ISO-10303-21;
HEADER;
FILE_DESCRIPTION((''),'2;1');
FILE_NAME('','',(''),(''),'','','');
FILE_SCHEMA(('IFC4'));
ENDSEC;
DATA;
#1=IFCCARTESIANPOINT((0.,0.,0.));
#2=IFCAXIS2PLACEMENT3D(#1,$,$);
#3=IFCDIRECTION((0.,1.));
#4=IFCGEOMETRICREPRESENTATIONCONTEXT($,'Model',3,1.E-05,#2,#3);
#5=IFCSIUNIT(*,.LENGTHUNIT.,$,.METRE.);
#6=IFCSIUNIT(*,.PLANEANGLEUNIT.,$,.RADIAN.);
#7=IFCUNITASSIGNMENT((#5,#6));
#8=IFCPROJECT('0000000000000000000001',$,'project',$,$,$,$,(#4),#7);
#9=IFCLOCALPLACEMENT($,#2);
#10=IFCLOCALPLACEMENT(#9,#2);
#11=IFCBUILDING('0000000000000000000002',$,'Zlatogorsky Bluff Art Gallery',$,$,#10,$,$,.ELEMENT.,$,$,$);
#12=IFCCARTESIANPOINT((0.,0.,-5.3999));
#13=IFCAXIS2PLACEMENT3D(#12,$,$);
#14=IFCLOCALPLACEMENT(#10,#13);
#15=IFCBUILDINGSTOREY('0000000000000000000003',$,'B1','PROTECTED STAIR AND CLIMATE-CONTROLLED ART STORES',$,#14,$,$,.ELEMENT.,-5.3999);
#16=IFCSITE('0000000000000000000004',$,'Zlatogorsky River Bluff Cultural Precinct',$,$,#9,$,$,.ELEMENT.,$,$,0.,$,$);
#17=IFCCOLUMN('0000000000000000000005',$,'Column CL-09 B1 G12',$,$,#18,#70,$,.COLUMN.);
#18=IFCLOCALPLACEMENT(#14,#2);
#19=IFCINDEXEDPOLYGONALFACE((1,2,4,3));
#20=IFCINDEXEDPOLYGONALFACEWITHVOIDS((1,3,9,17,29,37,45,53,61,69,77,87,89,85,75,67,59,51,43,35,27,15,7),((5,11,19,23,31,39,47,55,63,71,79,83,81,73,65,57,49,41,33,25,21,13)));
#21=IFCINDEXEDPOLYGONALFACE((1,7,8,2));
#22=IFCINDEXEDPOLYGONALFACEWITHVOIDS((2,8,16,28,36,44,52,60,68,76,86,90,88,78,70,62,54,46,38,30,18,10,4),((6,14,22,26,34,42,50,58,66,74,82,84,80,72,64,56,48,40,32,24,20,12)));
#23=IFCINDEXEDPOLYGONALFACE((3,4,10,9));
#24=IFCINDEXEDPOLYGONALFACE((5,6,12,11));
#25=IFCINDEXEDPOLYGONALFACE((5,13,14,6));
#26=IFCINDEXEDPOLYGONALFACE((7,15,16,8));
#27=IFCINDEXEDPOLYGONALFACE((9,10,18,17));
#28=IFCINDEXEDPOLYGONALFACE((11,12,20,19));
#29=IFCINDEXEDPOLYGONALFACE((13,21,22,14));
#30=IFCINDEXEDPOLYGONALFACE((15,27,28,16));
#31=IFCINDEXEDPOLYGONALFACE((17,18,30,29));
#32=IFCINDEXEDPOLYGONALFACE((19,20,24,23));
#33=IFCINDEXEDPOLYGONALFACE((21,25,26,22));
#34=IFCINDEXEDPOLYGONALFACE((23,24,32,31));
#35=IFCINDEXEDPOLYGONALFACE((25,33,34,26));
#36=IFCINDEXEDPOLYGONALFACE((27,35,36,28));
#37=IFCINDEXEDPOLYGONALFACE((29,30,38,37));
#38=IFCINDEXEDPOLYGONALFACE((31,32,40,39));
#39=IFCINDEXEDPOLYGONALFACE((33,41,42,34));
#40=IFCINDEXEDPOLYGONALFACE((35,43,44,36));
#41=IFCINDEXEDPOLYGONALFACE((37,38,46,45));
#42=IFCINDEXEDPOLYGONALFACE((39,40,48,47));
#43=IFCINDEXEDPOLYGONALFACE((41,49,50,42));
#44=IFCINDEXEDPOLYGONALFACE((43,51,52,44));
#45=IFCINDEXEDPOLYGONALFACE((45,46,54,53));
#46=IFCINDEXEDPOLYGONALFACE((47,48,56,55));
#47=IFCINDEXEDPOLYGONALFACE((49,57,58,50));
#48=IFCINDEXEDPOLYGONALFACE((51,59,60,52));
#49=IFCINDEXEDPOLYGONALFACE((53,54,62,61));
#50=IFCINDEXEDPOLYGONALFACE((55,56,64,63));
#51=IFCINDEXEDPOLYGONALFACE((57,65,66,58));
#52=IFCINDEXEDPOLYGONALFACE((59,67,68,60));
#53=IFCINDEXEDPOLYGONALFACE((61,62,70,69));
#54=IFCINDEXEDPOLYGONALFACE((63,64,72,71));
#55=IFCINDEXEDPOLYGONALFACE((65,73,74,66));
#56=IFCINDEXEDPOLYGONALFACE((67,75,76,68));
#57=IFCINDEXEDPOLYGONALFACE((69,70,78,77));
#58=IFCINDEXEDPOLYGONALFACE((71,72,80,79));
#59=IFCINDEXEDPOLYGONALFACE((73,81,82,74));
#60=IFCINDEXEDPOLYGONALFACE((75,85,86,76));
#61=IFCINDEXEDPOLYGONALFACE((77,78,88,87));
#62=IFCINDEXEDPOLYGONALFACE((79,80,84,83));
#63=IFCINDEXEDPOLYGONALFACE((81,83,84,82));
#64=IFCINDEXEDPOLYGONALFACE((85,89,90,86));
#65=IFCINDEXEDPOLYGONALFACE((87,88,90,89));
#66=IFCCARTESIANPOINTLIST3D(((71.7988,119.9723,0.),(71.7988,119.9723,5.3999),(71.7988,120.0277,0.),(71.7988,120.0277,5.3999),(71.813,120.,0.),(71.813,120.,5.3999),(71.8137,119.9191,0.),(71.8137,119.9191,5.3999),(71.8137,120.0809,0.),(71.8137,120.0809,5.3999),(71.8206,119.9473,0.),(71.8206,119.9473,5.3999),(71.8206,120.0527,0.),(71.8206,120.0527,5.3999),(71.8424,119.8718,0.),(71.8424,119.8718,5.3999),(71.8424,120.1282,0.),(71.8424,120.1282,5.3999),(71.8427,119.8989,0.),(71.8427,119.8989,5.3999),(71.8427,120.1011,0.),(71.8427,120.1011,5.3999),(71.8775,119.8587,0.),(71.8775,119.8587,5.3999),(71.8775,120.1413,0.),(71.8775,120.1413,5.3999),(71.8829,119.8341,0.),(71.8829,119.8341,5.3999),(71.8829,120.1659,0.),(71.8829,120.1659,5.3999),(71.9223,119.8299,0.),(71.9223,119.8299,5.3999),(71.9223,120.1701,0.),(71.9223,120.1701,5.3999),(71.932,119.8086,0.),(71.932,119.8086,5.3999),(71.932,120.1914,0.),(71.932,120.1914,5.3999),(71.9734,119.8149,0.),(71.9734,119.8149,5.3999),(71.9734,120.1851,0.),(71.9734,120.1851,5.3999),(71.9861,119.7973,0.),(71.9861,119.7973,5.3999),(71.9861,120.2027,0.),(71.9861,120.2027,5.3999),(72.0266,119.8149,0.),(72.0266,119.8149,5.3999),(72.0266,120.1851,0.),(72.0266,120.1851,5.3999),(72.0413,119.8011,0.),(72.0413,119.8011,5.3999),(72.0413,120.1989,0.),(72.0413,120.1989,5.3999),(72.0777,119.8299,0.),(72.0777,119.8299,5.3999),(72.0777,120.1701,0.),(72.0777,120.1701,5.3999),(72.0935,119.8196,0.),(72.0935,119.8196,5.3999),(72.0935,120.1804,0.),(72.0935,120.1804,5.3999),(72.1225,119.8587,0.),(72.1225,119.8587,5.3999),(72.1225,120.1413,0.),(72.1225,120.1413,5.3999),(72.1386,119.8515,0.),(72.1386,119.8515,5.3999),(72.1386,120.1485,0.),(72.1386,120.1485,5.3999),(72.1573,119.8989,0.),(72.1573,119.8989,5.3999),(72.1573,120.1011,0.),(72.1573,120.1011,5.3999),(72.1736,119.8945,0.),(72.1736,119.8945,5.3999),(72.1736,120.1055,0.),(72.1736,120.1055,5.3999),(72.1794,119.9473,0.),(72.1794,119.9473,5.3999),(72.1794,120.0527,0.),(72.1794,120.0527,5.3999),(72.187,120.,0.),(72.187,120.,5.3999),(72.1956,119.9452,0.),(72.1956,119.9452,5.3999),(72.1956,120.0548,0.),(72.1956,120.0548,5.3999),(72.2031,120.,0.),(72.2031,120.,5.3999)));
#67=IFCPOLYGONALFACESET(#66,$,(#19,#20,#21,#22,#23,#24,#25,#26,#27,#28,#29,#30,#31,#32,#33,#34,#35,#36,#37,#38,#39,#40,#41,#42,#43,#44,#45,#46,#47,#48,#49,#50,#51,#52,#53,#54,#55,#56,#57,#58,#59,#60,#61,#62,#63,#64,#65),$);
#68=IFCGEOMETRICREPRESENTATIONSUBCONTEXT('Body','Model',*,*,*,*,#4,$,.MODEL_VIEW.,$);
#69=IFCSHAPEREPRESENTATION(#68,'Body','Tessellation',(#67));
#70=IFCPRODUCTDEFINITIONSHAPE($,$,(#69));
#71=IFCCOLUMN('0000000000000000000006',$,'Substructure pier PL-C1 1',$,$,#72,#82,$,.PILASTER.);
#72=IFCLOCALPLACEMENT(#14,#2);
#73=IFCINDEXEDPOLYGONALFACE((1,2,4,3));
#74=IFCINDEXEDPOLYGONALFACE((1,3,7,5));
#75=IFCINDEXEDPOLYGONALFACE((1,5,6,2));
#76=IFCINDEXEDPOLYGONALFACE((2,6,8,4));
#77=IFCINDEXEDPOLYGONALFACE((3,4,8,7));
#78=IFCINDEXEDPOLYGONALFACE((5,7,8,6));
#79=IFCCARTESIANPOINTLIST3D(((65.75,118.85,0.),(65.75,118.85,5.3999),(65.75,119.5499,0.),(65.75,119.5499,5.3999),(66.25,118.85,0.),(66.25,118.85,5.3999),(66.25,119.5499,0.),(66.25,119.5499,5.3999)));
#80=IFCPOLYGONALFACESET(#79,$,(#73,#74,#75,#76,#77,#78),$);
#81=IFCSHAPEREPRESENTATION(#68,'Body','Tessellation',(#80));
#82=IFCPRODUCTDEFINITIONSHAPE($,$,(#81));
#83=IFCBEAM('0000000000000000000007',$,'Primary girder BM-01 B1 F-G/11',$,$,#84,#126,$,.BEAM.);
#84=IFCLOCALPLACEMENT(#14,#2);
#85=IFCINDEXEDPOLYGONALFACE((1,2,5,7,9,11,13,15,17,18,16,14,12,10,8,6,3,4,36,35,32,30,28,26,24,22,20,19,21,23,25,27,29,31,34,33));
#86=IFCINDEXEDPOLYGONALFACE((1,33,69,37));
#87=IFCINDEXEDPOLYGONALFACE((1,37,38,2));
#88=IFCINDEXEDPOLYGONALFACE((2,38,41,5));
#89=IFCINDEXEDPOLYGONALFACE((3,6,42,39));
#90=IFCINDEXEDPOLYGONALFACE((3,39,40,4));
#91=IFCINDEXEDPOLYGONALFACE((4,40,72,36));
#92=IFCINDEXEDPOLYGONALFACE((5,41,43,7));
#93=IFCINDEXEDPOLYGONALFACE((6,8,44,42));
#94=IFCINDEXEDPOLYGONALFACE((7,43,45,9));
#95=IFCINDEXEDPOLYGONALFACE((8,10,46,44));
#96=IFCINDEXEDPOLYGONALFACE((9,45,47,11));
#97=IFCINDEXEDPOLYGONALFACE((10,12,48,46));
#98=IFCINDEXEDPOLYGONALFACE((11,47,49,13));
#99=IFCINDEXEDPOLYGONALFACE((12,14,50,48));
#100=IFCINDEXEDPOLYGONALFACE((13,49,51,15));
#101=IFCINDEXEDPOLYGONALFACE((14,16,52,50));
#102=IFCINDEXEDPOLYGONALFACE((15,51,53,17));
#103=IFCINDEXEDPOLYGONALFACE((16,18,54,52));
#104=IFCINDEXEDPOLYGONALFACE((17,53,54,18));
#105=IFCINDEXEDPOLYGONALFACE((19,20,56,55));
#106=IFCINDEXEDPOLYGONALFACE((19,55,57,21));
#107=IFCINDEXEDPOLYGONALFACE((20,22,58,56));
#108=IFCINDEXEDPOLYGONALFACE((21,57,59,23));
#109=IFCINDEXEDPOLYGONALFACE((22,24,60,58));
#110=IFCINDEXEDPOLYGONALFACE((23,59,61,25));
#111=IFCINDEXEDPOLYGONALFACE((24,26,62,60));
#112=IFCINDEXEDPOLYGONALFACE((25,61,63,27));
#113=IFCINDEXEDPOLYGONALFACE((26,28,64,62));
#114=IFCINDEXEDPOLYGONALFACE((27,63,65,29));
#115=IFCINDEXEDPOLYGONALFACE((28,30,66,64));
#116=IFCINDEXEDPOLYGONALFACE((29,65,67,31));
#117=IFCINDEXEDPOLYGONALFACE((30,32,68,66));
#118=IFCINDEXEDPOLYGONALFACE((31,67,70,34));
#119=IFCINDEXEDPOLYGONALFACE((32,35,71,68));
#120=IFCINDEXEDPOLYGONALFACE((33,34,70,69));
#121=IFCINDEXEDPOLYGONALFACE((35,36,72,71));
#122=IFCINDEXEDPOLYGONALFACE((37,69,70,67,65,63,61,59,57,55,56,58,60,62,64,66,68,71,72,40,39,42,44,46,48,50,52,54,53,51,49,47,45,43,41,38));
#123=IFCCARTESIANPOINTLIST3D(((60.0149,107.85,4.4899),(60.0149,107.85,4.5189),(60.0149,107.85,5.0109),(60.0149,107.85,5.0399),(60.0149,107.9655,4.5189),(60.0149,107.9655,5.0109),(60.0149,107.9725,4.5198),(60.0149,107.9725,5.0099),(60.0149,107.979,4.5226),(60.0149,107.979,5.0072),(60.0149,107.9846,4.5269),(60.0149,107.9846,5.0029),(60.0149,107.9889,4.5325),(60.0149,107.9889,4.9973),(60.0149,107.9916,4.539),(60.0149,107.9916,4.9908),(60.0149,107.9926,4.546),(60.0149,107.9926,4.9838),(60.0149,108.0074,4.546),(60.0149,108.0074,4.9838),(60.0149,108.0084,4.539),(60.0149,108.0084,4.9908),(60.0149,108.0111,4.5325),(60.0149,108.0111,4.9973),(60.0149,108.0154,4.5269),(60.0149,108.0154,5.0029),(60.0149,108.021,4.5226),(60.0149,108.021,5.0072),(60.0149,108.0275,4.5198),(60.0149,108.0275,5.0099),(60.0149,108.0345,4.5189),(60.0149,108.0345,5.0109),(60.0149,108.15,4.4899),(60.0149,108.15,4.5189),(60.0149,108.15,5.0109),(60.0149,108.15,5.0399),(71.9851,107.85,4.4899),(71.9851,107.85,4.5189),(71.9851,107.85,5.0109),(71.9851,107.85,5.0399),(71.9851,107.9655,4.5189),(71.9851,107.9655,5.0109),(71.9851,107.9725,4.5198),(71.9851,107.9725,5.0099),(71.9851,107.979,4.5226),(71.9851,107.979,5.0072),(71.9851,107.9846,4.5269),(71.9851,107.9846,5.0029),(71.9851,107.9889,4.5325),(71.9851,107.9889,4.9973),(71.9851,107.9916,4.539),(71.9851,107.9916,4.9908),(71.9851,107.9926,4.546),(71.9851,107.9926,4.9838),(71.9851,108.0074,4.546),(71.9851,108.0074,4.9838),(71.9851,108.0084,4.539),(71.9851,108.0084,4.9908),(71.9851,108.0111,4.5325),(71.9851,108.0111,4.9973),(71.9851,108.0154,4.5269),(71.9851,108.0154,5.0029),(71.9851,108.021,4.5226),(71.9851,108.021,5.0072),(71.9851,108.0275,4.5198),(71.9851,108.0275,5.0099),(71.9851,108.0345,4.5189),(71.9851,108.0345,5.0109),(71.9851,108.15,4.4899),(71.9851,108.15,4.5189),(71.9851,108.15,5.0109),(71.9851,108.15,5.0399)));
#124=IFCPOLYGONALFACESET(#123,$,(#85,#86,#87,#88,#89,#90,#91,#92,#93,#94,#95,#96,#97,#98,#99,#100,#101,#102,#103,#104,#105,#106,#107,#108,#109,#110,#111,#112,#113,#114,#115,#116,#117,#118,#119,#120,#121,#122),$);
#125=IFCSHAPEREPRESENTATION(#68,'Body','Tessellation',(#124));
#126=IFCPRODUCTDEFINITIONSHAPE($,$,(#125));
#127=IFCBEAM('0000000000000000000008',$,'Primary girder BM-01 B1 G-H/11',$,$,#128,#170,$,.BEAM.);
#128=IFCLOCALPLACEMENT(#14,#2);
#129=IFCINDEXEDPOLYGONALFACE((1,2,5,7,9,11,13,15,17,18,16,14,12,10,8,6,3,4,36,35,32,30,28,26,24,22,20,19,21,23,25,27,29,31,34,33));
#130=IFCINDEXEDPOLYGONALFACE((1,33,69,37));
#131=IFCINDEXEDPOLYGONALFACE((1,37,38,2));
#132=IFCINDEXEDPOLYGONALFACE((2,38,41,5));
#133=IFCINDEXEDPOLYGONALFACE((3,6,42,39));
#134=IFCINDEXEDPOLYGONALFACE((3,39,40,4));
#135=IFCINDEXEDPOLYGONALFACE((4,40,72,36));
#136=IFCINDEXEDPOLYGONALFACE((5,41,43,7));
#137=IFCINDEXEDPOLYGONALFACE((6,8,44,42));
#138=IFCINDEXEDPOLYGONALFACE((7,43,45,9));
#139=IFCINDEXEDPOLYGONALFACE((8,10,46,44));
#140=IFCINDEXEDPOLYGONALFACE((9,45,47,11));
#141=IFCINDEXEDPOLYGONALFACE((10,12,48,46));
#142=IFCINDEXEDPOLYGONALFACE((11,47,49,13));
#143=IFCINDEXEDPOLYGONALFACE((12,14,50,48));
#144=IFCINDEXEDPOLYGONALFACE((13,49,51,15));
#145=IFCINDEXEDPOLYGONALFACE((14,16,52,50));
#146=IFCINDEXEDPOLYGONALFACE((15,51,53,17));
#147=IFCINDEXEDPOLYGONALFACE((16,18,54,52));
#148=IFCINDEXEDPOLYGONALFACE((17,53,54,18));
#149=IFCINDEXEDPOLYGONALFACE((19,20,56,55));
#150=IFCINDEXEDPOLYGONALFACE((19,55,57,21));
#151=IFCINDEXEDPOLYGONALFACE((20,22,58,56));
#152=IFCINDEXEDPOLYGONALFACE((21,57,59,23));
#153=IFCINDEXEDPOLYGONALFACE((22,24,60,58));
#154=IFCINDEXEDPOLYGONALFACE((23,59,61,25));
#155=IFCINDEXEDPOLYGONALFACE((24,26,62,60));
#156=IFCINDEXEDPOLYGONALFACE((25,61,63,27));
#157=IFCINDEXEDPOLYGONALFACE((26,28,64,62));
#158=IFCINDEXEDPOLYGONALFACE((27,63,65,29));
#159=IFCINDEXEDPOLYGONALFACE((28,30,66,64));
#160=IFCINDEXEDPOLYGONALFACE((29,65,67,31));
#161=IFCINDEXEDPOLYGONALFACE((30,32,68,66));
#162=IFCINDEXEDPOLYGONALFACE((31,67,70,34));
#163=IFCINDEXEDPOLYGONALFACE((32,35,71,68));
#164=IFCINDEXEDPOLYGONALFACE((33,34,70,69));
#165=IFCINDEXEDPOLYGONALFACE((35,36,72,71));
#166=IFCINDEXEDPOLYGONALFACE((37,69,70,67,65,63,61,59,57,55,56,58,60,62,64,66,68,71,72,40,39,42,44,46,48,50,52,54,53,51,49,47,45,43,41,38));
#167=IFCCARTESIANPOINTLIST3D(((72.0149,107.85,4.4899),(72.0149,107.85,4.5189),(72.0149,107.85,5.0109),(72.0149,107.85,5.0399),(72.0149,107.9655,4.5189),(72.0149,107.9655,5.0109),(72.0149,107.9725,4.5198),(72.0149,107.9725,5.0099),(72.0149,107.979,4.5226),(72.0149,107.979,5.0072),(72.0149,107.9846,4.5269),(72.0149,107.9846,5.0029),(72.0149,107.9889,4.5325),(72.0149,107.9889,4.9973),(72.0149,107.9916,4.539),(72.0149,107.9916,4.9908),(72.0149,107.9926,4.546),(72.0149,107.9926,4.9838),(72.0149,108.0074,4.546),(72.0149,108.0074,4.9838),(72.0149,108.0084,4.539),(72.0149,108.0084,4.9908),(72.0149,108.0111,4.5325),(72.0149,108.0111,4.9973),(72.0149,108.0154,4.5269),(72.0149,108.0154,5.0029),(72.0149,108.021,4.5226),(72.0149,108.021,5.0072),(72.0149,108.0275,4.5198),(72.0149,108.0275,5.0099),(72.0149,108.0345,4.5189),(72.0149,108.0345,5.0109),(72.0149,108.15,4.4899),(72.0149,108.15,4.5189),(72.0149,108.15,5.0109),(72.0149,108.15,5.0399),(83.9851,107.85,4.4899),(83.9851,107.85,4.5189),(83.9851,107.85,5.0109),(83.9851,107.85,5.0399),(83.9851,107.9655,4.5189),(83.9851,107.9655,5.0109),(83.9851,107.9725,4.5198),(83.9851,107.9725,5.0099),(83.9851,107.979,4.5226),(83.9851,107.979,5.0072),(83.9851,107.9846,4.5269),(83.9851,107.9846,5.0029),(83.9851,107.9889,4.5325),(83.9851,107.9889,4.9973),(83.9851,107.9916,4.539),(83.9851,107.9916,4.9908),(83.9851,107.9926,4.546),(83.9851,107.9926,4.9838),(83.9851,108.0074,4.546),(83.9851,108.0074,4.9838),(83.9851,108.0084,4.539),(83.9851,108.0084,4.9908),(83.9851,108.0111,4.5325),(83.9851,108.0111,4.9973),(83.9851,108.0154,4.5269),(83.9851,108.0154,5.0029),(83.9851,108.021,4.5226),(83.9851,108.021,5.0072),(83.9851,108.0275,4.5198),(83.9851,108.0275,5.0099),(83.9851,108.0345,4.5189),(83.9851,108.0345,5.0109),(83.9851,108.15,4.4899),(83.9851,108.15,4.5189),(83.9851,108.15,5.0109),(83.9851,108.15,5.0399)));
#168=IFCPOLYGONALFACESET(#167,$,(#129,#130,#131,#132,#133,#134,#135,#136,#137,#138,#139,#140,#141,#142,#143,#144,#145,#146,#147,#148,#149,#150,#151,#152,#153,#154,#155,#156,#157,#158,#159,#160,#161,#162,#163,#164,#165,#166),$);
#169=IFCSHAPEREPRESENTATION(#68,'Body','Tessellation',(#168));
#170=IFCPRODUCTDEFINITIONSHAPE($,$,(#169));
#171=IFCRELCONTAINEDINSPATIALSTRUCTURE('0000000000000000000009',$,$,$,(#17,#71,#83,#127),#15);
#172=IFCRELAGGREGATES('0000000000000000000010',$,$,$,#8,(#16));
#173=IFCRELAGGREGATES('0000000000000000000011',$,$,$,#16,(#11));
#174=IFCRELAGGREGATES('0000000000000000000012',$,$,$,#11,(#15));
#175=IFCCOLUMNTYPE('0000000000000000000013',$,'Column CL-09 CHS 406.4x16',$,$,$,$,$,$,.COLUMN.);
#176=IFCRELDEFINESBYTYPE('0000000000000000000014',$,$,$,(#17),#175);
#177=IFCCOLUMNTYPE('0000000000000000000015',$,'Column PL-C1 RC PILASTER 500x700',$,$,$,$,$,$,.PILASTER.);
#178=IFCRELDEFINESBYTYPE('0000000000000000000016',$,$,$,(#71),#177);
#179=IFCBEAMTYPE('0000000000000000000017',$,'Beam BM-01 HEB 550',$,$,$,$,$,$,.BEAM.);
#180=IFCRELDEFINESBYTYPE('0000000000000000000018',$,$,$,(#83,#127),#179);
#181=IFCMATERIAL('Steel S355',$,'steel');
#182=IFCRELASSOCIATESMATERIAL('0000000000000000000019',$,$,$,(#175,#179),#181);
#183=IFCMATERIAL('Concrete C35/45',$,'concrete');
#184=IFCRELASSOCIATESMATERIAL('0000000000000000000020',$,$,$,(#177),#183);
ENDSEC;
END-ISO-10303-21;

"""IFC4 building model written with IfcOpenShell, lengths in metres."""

from ifc_helpers import new_model, si_unit, direction, frame, origin, origin_2d, place, context, subcontext, project, spatial, rectangle, hollow_circle, i_section, extrude, material, material_profile, profile_set, type_object, element, save


model = new_model("IFC4")

# Units and contexts
model_context = context("Model", 3, precision=1e-05, world=origin(), true_north=direction((0.0, 1.0)))
body_context = subcontext(model_context, "Body", "Model", "MODEL_VIEW")
ifc_project = project(units=[si_unit("LENGTHUNIT", "METRE"), si_unit("PLANEANGLEUNIT", "RADIAN")], contexts=[model_context])

# Site, building, storey
site_placement = place(None, origin())
site = spatial("IfcSite", under=ifc_project, at=site_placement, Name="Zlatogorsky River Bluff Cultural Precinct", CompositionType="ELEMENT", RefElevation=0.0)
building_placement = place(site_placement, origin())
building = spatial("IfcBuilding", under=site, at=building_placement, Name="Zlatogorsky Bluff Art Gallery", CompositionType="ELEMENT")
storey_placement = place(building_placement, frame((0.0, 0.0, -5.3999)))
storey = spatial("IfcBuildingStorey", under=building, at=storey_placement, Name="B1", Description="PROTECTED STAIR AND CLIMATE-CONTROLLED ART STORES", CompositionType="ELEMENT", Elevation=-5.3999)

# Shared definitions
ifc_material_1 = material(Name="Concrete C35/45", Category="concrete")

# Columns
ifc_material_2 = material(Name="Steel S355", Category="steel")
ifc_material_profile_1 = material_profile(ifc_material_2, hollow_circle(Radius=0.2031, WallThickness=0.0161, at=origin_2d()), Name="CHS 406.4x16")
ifc_profile_set_1 = profile_set([ifc_material_profile_1], Name="Steel S355")
column_type_1 = type_object("IfcColumnType", Name="Column CL-09 CHS 406.4x16", PredefinedType="COLUMN", material=ifc_profile_set_1)
for number, where, z_axis, x_axis, name in (
    (1, (72.0, 120.0, 0.0), (0.0, 0.0, 1.0), (1.0, 0.0, 0.0), "Column CL-09 B1 G12"),
):
    element("IfcColumn", number, at=place(storey_placement, frame(where, z_axis=z_axis, x_axis=x_axis)), inside=storey, type_object=column_type_1, Name=name, PredefinedType="COLUMN", context=body_context, shape_type="SweptSolid", body=[
        extrude(hollow_circle(Radius=0.2031, WallThickness=0.0161, at=origin_2d()), origin(), (0.0, 0.0, 1.0), 5.3999),
    ])
ifc_material_profile_2 = material_profile(ifc_material_1, rectangle(XDim=0.5, YDim=0.7, at=origin_2d()), Name="RC PILASTER 500x700")
ifc_profile_set_2 = profile_set([ifc_material_profile_2], Name="Concrete C35/45")
column_type_2 = type_object("IfcColumnType", Name="Column PL-C1 RC PILASTER 500x700", PredefinedType="PILASTER", material=ifc_profile_set_2)
column_placement = place(storey_placement, frame((66.0, 119.2, 0.0), z_axis=(0.0, 0.0, 1.0), x_axis=(1.0, 0.0, 0.0)))
element("IfcColumn", 2, at=column_placement, inside=storey, type_object=column_type_2, Name="Substructure pier PL-C1 1", PredefinedType="PILASTER", context=body_context, shape_type="SweptSolid", body=[
    extrude(rectangle(XDim=0.5, YDim=0.7, at=origin_2d()), origin(), (0.0, 0.0, 1.0), 5.3999),
])

# Beams
ifc_material_profile_3 = material_profile(ifc_material_2, i_section(OverallWidth=0.3, OverallDepth=0.55, WebThickness=0.0149, FlangeThickness=0.0291, FilletRadius=0.0271, at=origin_2d()), Name="HEB 550")
ifc_profile_set_3 = profile_set([ifc_material_profile_3], Name="Steel S355")
beam_type_1 = type_object("IfcBeamType", Name="Beam BM-01 HEB 550", PredefinedType="BEAM", material=ifc_profile_set_3)
for number, where, z_axis, x_axis, name in (
    (3, (60.0149, 108.0, 4.7649), (1.0, 0.0, 0.0), (0.0, 1.0, 0.0), "Primary girder BM-01 B1 F-G/11"),
    (4, (72.0149, 108.0, 4.7649), (1.0, 0.0, 0.0), (0.0, 1.0, 0.0), "Primary girder BM-01 B1 G-H/11"),
):
    element("IfcBeam", number, at=place(storey_placement, frame(where, z_axis=z_axis, x_axis=x_axis)), inside=storey, type_object=beam_type_1, Name=name, PredefinedType="BEAM", context=body_context, shape_type="SweptSolid", body=[
        extrude(i_section(OverallWidth=0.3, OverallDepth=0.55, WebThickness=0.0149, FlangeThickness=0.0291, FilletRadius=0.0271, at=origin_2d()), origin(), (0.0, 0.0, 1.0), 11.9702),
    ])

save(model, "model.ifc")
